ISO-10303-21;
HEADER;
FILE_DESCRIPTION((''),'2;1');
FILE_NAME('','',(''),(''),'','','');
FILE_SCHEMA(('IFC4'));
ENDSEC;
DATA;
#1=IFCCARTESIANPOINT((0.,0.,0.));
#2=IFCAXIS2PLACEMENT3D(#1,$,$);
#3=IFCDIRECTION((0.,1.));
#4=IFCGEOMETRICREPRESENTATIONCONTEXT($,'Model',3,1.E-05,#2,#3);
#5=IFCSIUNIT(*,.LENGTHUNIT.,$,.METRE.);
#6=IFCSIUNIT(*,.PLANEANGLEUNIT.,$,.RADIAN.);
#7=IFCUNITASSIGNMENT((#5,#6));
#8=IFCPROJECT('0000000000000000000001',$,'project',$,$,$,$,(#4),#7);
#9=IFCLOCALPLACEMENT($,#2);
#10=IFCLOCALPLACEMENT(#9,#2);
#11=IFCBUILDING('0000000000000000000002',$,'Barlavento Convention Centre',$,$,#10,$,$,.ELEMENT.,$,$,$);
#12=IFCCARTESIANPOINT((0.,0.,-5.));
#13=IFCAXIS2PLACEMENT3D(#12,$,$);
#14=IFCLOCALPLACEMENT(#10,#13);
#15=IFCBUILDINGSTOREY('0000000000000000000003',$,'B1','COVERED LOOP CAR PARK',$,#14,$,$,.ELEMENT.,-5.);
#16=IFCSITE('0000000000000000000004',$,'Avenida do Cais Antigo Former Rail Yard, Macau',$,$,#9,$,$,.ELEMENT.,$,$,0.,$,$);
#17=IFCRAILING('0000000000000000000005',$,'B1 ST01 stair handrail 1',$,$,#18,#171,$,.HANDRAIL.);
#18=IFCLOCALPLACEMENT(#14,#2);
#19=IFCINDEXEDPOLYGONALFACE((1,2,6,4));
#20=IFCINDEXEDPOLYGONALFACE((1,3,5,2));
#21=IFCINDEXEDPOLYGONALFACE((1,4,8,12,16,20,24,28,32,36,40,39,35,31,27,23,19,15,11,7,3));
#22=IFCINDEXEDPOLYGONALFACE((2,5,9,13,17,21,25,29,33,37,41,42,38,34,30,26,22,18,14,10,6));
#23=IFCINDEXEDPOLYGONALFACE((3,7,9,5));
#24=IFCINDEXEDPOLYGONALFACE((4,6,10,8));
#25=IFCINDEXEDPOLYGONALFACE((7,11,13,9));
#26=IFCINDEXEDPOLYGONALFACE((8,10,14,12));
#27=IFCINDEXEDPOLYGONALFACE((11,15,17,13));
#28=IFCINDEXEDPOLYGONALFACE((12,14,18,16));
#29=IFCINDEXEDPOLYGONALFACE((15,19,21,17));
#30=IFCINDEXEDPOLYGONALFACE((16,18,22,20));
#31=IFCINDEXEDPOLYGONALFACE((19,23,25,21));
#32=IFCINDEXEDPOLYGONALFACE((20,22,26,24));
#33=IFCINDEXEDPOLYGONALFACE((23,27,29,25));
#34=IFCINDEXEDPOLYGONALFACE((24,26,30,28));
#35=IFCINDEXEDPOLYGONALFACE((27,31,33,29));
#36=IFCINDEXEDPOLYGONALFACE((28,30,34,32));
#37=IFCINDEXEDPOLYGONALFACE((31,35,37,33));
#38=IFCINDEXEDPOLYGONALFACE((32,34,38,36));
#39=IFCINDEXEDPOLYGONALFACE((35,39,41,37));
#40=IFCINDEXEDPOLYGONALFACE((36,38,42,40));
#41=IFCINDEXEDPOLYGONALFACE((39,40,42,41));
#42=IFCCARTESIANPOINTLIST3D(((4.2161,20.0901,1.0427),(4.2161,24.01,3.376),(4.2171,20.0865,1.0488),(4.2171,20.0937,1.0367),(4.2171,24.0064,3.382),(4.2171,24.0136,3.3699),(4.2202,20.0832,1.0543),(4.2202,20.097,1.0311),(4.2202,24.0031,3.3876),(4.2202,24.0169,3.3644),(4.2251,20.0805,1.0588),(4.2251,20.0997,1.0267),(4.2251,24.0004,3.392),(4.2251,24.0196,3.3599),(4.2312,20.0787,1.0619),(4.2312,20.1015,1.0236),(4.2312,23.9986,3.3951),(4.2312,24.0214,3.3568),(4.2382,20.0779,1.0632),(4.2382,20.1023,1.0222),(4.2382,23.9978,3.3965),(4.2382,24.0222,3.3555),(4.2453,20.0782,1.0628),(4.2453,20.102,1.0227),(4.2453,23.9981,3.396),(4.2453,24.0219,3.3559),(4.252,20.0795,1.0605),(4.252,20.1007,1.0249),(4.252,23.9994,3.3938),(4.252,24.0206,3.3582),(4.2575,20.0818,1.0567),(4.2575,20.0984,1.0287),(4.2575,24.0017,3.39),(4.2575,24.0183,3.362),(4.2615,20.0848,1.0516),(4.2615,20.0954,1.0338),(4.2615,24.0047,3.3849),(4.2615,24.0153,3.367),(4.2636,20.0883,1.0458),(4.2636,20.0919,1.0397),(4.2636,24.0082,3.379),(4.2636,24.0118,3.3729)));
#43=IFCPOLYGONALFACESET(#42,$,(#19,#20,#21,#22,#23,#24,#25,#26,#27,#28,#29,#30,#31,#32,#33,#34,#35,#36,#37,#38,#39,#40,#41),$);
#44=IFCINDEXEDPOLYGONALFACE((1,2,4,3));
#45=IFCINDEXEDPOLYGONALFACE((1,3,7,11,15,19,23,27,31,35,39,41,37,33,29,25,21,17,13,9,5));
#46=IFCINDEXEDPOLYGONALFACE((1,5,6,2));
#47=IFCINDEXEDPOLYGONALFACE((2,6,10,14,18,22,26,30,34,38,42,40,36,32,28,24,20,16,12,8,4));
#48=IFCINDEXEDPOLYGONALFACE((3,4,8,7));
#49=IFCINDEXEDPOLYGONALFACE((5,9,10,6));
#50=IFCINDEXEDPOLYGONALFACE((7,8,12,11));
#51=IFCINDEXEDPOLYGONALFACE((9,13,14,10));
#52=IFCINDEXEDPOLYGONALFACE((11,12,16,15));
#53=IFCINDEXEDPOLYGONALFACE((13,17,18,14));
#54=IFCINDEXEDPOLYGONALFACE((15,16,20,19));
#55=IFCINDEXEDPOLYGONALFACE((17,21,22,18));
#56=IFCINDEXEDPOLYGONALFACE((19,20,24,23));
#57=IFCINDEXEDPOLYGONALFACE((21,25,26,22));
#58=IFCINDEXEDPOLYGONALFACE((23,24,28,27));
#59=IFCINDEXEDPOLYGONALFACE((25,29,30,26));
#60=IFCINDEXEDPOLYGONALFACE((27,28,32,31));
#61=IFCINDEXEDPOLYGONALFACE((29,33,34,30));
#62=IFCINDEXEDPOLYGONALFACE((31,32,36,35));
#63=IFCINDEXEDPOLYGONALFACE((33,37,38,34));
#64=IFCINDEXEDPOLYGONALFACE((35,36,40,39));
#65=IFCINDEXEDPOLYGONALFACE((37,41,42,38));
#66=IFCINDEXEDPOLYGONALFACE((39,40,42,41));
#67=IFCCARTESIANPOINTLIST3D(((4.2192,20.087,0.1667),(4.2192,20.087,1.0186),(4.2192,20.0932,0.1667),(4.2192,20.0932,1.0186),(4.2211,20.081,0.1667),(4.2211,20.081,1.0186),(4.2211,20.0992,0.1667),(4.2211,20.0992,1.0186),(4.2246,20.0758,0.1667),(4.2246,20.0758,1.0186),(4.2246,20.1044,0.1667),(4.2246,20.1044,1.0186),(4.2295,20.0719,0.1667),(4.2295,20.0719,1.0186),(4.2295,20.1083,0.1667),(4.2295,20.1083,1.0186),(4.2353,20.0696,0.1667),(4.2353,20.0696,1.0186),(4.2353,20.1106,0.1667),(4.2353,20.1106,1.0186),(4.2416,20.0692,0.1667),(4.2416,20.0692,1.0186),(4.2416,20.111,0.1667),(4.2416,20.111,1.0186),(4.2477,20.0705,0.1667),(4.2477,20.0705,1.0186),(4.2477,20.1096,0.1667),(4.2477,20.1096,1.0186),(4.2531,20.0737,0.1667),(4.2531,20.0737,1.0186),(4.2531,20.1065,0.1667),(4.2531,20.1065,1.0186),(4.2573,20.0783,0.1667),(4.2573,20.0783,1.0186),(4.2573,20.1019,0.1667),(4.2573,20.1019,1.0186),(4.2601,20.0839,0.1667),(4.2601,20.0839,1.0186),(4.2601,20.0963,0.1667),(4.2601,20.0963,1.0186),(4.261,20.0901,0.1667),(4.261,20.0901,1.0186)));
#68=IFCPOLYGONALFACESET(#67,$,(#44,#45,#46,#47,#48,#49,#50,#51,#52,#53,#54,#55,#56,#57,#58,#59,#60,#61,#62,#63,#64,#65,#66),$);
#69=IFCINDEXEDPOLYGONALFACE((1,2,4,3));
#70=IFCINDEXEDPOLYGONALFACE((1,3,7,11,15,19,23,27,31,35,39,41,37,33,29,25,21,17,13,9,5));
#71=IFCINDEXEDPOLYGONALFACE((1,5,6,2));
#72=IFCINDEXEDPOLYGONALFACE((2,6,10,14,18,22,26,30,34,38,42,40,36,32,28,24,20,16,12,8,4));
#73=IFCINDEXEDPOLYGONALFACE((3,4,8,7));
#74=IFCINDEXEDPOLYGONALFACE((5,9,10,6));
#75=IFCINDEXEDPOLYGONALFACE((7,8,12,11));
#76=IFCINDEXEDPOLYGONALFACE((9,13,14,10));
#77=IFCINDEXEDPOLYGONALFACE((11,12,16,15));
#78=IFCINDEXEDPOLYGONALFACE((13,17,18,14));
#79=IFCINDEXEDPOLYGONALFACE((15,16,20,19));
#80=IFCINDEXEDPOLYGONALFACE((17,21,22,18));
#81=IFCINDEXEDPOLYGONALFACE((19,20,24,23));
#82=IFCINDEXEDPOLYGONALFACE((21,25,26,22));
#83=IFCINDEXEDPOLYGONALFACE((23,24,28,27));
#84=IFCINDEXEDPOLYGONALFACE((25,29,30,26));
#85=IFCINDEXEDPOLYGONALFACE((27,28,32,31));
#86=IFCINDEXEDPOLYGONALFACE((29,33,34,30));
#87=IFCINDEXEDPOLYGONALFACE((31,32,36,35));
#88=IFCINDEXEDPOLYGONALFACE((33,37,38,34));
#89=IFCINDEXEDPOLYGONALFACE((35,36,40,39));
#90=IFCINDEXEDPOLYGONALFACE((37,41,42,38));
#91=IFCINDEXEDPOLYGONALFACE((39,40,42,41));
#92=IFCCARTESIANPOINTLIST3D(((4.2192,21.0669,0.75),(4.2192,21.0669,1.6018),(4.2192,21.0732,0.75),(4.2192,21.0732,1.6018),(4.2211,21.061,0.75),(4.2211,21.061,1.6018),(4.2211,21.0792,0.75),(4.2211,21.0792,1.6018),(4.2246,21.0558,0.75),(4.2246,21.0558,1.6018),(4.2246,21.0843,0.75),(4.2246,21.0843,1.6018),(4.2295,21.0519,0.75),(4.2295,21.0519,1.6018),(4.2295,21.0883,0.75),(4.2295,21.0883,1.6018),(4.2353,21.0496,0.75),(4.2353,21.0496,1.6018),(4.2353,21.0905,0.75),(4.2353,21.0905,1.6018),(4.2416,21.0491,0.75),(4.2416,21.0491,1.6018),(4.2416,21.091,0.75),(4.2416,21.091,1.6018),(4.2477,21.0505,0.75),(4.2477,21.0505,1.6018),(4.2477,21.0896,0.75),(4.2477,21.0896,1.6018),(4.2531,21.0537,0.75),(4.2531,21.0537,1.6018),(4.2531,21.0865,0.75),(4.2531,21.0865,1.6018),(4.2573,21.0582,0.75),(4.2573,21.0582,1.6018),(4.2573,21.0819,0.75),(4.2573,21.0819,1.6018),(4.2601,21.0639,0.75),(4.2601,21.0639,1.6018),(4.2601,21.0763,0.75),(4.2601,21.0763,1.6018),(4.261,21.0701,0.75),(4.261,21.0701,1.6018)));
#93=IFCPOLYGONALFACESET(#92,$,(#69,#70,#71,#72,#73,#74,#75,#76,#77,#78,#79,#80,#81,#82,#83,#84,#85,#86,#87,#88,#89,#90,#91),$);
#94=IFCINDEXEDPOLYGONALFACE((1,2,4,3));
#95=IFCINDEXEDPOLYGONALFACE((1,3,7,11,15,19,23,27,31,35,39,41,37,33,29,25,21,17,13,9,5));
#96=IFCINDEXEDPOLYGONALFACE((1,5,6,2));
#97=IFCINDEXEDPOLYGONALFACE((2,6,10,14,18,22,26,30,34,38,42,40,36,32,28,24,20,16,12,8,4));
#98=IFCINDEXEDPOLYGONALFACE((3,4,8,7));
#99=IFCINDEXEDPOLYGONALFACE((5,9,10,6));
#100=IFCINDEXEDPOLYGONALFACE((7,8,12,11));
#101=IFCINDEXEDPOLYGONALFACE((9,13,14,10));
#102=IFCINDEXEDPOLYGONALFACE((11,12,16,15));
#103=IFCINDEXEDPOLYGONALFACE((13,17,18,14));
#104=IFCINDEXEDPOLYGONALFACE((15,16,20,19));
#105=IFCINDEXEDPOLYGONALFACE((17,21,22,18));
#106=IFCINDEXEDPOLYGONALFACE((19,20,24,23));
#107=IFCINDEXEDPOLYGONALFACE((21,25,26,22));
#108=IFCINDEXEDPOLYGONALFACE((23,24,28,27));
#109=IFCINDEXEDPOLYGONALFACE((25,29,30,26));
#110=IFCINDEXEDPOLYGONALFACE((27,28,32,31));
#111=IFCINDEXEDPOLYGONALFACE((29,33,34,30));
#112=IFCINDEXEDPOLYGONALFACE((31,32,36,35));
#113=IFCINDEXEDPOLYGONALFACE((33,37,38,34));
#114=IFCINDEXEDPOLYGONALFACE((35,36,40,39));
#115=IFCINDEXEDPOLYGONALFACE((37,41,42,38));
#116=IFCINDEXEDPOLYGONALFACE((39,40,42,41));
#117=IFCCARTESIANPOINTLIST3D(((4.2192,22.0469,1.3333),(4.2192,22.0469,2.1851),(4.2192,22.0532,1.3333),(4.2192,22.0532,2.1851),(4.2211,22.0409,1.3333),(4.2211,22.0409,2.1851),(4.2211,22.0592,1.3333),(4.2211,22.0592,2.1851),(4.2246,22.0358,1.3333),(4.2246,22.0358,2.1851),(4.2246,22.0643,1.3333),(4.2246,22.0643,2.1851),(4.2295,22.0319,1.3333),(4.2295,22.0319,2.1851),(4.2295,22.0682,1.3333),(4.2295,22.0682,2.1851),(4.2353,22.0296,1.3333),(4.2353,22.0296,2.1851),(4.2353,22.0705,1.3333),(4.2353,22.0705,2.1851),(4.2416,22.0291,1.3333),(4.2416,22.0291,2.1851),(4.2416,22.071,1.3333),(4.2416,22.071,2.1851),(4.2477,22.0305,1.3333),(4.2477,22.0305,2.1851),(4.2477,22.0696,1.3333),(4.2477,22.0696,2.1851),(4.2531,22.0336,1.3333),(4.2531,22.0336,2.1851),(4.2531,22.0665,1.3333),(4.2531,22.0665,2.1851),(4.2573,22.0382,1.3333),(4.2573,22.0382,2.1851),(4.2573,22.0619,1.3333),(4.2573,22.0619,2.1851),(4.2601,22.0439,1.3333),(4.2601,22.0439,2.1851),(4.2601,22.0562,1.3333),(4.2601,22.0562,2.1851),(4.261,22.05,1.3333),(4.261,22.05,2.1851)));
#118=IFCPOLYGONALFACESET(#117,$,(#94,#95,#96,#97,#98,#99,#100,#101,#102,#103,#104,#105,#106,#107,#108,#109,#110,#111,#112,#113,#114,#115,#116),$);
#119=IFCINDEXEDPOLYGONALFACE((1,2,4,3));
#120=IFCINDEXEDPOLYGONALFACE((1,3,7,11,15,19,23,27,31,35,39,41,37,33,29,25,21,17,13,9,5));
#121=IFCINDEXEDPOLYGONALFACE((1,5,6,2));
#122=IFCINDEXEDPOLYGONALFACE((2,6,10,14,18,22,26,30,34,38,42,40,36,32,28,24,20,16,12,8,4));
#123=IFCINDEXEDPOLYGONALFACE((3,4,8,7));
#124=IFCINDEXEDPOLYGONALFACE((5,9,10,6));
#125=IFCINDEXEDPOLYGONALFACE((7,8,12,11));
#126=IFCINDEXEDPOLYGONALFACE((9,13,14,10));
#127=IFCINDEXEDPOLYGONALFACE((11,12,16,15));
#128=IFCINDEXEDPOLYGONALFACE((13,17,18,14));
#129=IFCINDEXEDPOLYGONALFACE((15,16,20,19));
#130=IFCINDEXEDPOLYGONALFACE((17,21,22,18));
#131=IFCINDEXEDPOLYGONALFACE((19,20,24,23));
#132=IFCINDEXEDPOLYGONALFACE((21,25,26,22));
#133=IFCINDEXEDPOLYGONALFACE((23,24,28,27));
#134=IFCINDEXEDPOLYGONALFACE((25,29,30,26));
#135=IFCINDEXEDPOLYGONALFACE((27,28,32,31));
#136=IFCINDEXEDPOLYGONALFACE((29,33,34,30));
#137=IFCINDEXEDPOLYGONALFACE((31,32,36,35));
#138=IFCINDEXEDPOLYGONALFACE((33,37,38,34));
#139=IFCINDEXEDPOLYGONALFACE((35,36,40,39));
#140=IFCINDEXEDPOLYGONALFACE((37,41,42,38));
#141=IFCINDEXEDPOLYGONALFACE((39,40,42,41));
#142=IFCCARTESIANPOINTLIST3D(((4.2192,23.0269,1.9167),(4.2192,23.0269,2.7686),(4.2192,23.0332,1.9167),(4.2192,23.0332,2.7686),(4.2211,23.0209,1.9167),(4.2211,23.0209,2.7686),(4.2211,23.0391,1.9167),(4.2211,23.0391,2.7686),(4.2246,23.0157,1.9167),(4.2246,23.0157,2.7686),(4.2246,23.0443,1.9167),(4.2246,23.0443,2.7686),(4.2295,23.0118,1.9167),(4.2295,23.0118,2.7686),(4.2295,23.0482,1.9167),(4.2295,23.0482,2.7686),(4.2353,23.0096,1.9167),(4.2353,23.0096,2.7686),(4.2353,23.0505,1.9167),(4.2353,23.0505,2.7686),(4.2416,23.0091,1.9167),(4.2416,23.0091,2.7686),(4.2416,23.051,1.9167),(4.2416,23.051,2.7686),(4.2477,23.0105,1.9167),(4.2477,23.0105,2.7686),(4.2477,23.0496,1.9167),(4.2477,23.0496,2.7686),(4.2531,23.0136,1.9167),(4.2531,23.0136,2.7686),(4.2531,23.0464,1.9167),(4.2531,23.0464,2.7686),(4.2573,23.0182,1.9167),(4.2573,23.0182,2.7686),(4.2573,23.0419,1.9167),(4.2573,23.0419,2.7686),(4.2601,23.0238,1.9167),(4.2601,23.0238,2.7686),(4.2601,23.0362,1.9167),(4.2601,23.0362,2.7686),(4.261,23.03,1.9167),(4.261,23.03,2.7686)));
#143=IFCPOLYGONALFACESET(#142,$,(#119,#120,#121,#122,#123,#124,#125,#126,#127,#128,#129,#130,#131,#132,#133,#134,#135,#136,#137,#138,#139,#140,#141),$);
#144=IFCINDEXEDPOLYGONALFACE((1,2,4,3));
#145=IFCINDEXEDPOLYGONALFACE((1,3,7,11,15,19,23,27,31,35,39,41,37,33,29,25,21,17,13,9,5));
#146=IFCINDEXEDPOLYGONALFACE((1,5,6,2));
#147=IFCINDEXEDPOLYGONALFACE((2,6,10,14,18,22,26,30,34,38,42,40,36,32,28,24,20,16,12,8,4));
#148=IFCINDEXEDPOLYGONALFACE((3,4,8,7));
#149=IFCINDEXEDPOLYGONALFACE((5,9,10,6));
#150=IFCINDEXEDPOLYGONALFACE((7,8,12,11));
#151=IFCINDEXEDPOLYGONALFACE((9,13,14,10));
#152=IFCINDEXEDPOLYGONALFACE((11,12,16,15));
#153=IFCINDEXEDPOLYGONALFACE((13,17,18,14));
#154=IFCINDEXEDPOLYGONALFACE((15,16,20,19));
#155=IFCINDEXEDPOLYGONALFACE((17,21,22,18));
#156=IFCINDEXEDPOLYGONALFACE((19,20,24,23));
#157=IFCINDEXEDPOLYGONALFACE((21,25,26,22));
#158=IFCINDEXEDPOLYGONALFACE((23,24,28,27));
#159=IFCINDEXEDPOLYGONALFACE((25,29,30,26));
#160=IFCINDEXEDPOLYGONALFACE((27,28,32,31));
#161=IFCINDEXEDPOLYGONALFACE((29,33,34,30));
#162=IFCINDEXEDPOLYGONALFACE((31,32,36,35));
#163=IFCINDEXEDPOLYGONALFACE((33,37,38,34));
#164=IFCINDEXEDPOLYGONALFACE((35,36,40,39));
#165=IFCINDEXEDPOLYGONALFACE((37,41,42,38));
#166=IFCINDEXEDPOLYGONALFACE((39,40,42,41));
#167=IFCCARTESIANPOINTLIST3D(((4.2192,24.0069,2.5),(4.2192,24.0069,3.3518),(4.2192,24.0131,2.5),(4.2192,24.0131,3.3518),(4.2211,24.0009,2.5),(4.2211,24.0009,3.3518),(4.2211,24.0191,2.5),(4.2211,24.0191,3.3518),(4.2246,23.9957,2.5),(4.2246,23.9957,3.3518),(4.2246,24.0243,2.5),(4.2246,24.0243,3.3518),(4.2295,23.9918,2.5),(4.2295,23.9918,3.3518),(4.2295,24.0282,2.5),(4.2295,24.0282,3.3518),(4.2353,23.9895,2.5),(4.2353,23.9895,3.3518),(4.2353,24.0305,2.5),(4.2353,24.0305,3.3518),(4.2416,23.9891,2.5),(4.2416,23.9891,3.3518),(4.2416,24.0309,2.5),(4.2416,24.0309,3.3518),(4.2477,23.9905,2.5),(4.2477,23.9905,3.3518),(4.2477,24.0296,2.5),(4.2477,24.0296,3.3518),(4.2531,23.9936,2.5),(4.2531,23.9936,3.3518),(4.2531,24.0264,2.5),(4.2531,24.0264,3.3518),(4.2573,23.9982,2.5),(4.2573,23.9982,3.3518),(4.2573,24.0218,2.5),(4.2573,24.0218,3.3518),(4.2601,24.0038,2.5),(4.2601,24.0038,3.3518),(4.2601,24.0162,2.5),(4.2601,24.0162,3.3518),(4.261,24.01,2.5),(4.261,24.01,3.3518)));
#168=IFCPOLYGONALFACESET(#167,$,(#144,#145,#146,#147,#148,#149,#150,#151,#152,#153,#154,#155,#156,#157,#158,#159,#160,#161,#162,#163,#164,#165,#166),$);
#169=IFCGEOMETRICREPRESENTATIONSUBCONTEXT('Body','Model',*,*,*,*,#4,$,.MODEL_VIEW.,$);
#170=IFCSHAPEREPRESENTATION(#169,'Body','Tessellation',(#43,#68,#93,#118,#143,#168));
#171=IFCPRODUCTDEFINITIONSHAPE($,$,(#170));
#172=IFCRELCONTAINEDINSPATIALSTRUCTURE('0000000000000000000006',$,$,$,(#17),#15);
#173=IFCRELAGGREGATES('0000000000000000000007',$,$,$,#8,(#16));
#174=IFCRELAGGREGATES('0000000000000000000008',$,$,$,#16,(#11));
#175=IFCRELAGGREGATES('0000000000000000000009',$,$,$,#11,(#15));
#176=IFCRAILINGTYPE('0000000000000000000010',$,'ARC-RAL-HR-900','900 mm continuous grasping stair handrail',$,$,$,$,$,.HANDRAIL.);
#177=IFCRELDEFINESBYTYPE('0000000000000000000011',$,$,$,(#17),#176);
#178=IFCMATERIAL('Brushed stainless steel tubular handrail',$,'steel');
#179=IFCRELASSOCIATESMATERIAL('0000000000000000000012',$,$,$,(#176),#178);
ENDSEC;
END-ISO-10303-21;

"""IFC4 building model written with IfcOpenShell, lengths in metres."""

from ifc_helpers import new_model, si_unit, direction, frame, origin, origin_2d, place, context, subcontext, project, spatial, circle, extrude, material, type_object, element, save


model = new_model("IFC4")

# Units and contexts
model_context = context("Model", 3, precision=1e-05, world=origin(), true_north=direction((0.0, 1.0)))
body_context = subcontext(model_context, "Body", "Model", "MODEL_VIEW")
ifc_project = project(units=[si_unit("LENGTHUNIT", "METRE"), si_unit("PLANEANGLEUNIT", "RADIAN")], contexts=[model_context])

# Site, building, storey
site_placement = place(None, origin())
site = spatial("IfcSite", under=ifc_project, at=site_placement, Name="Avenida do Cais Antigo Former Rail Yard, Macau", CompositionType="ELEMENT", RefElevation=0.0)
building_placement = place(site_placement, origin())
building = spatial("IfcBuilding", under=site, at=building_placement, Name="Barlavento Convention Centre", CompositionType="ELEMENT")
storey_placement = place(building_placement, frame((0.0, 0.0, -5.0)))
storey = spatial("IfcBuildingStorey", under=building, at=storey_placement, Name="B1", Description="COVERED LOOP CAR PARK", CompositionType="ELEMENT", Elevation=-5.0)

# Railing
ifc_material_1 = material(Name="Brushed stainless steel tubular handrail", Category="steel")
railing_type_1 = type_object("IfcRailingType", Name="ARC-RAL-HR-900", Description="900 mm continuous grasping stair handrail", PredefinedType="HANDRAIL", material=ifc_material_1)
railing_1_placement = place(storey_placement, frame((4.24, 20.0901, 0.1667)))
element("IfcRailing", 1, at=railing_1_placement, inside=storey, type_object=railing_type_1, Name="B1 ST01 stair handrail 1", PredefinedType="HANDRAIL", context=body_context, shape_type="SweptSolid", body=[
    extrude(circle(Radius=0.0239, at=origin_2d()), frame((0.0, 0.0, 0.876), z_axis=(0.0, 0.859296, 0.511478), x_axis=(-1.0, 0.0, 0.0)), (0.0, 0.0, 1.0), 4.5618),
    extrude(circle(Radius=0.021, at=origin_2d()), origin(), (0.0, 0.0, 1.0), 0.8518),
    extrude(circle(Radius=0.021, at=origin_2d()), frame((0.0, 0.98, 0.5833)), (0.0, 0.0, 1.0), 0.8518),
    extrude(circle(Radius=0.021, at=origin_2d()), frame((0.0, 1.96, 1.1665)), (0.0, 0.0, 1.0), 0.8518),
    extrude(circle(Radius=0.021, at=origin_2d()), frame((0.0, 2.9399, 1.75)), (0.0, 0.0, 1.0), 0.8518),
    extrude(circle(Radius=0.021, at=origin_2d()), frame((0.0, 3.9199, 2.3333)), (0.0, 0.0, 1.0), 0.8518),
])

save(model, "model.ifc")
